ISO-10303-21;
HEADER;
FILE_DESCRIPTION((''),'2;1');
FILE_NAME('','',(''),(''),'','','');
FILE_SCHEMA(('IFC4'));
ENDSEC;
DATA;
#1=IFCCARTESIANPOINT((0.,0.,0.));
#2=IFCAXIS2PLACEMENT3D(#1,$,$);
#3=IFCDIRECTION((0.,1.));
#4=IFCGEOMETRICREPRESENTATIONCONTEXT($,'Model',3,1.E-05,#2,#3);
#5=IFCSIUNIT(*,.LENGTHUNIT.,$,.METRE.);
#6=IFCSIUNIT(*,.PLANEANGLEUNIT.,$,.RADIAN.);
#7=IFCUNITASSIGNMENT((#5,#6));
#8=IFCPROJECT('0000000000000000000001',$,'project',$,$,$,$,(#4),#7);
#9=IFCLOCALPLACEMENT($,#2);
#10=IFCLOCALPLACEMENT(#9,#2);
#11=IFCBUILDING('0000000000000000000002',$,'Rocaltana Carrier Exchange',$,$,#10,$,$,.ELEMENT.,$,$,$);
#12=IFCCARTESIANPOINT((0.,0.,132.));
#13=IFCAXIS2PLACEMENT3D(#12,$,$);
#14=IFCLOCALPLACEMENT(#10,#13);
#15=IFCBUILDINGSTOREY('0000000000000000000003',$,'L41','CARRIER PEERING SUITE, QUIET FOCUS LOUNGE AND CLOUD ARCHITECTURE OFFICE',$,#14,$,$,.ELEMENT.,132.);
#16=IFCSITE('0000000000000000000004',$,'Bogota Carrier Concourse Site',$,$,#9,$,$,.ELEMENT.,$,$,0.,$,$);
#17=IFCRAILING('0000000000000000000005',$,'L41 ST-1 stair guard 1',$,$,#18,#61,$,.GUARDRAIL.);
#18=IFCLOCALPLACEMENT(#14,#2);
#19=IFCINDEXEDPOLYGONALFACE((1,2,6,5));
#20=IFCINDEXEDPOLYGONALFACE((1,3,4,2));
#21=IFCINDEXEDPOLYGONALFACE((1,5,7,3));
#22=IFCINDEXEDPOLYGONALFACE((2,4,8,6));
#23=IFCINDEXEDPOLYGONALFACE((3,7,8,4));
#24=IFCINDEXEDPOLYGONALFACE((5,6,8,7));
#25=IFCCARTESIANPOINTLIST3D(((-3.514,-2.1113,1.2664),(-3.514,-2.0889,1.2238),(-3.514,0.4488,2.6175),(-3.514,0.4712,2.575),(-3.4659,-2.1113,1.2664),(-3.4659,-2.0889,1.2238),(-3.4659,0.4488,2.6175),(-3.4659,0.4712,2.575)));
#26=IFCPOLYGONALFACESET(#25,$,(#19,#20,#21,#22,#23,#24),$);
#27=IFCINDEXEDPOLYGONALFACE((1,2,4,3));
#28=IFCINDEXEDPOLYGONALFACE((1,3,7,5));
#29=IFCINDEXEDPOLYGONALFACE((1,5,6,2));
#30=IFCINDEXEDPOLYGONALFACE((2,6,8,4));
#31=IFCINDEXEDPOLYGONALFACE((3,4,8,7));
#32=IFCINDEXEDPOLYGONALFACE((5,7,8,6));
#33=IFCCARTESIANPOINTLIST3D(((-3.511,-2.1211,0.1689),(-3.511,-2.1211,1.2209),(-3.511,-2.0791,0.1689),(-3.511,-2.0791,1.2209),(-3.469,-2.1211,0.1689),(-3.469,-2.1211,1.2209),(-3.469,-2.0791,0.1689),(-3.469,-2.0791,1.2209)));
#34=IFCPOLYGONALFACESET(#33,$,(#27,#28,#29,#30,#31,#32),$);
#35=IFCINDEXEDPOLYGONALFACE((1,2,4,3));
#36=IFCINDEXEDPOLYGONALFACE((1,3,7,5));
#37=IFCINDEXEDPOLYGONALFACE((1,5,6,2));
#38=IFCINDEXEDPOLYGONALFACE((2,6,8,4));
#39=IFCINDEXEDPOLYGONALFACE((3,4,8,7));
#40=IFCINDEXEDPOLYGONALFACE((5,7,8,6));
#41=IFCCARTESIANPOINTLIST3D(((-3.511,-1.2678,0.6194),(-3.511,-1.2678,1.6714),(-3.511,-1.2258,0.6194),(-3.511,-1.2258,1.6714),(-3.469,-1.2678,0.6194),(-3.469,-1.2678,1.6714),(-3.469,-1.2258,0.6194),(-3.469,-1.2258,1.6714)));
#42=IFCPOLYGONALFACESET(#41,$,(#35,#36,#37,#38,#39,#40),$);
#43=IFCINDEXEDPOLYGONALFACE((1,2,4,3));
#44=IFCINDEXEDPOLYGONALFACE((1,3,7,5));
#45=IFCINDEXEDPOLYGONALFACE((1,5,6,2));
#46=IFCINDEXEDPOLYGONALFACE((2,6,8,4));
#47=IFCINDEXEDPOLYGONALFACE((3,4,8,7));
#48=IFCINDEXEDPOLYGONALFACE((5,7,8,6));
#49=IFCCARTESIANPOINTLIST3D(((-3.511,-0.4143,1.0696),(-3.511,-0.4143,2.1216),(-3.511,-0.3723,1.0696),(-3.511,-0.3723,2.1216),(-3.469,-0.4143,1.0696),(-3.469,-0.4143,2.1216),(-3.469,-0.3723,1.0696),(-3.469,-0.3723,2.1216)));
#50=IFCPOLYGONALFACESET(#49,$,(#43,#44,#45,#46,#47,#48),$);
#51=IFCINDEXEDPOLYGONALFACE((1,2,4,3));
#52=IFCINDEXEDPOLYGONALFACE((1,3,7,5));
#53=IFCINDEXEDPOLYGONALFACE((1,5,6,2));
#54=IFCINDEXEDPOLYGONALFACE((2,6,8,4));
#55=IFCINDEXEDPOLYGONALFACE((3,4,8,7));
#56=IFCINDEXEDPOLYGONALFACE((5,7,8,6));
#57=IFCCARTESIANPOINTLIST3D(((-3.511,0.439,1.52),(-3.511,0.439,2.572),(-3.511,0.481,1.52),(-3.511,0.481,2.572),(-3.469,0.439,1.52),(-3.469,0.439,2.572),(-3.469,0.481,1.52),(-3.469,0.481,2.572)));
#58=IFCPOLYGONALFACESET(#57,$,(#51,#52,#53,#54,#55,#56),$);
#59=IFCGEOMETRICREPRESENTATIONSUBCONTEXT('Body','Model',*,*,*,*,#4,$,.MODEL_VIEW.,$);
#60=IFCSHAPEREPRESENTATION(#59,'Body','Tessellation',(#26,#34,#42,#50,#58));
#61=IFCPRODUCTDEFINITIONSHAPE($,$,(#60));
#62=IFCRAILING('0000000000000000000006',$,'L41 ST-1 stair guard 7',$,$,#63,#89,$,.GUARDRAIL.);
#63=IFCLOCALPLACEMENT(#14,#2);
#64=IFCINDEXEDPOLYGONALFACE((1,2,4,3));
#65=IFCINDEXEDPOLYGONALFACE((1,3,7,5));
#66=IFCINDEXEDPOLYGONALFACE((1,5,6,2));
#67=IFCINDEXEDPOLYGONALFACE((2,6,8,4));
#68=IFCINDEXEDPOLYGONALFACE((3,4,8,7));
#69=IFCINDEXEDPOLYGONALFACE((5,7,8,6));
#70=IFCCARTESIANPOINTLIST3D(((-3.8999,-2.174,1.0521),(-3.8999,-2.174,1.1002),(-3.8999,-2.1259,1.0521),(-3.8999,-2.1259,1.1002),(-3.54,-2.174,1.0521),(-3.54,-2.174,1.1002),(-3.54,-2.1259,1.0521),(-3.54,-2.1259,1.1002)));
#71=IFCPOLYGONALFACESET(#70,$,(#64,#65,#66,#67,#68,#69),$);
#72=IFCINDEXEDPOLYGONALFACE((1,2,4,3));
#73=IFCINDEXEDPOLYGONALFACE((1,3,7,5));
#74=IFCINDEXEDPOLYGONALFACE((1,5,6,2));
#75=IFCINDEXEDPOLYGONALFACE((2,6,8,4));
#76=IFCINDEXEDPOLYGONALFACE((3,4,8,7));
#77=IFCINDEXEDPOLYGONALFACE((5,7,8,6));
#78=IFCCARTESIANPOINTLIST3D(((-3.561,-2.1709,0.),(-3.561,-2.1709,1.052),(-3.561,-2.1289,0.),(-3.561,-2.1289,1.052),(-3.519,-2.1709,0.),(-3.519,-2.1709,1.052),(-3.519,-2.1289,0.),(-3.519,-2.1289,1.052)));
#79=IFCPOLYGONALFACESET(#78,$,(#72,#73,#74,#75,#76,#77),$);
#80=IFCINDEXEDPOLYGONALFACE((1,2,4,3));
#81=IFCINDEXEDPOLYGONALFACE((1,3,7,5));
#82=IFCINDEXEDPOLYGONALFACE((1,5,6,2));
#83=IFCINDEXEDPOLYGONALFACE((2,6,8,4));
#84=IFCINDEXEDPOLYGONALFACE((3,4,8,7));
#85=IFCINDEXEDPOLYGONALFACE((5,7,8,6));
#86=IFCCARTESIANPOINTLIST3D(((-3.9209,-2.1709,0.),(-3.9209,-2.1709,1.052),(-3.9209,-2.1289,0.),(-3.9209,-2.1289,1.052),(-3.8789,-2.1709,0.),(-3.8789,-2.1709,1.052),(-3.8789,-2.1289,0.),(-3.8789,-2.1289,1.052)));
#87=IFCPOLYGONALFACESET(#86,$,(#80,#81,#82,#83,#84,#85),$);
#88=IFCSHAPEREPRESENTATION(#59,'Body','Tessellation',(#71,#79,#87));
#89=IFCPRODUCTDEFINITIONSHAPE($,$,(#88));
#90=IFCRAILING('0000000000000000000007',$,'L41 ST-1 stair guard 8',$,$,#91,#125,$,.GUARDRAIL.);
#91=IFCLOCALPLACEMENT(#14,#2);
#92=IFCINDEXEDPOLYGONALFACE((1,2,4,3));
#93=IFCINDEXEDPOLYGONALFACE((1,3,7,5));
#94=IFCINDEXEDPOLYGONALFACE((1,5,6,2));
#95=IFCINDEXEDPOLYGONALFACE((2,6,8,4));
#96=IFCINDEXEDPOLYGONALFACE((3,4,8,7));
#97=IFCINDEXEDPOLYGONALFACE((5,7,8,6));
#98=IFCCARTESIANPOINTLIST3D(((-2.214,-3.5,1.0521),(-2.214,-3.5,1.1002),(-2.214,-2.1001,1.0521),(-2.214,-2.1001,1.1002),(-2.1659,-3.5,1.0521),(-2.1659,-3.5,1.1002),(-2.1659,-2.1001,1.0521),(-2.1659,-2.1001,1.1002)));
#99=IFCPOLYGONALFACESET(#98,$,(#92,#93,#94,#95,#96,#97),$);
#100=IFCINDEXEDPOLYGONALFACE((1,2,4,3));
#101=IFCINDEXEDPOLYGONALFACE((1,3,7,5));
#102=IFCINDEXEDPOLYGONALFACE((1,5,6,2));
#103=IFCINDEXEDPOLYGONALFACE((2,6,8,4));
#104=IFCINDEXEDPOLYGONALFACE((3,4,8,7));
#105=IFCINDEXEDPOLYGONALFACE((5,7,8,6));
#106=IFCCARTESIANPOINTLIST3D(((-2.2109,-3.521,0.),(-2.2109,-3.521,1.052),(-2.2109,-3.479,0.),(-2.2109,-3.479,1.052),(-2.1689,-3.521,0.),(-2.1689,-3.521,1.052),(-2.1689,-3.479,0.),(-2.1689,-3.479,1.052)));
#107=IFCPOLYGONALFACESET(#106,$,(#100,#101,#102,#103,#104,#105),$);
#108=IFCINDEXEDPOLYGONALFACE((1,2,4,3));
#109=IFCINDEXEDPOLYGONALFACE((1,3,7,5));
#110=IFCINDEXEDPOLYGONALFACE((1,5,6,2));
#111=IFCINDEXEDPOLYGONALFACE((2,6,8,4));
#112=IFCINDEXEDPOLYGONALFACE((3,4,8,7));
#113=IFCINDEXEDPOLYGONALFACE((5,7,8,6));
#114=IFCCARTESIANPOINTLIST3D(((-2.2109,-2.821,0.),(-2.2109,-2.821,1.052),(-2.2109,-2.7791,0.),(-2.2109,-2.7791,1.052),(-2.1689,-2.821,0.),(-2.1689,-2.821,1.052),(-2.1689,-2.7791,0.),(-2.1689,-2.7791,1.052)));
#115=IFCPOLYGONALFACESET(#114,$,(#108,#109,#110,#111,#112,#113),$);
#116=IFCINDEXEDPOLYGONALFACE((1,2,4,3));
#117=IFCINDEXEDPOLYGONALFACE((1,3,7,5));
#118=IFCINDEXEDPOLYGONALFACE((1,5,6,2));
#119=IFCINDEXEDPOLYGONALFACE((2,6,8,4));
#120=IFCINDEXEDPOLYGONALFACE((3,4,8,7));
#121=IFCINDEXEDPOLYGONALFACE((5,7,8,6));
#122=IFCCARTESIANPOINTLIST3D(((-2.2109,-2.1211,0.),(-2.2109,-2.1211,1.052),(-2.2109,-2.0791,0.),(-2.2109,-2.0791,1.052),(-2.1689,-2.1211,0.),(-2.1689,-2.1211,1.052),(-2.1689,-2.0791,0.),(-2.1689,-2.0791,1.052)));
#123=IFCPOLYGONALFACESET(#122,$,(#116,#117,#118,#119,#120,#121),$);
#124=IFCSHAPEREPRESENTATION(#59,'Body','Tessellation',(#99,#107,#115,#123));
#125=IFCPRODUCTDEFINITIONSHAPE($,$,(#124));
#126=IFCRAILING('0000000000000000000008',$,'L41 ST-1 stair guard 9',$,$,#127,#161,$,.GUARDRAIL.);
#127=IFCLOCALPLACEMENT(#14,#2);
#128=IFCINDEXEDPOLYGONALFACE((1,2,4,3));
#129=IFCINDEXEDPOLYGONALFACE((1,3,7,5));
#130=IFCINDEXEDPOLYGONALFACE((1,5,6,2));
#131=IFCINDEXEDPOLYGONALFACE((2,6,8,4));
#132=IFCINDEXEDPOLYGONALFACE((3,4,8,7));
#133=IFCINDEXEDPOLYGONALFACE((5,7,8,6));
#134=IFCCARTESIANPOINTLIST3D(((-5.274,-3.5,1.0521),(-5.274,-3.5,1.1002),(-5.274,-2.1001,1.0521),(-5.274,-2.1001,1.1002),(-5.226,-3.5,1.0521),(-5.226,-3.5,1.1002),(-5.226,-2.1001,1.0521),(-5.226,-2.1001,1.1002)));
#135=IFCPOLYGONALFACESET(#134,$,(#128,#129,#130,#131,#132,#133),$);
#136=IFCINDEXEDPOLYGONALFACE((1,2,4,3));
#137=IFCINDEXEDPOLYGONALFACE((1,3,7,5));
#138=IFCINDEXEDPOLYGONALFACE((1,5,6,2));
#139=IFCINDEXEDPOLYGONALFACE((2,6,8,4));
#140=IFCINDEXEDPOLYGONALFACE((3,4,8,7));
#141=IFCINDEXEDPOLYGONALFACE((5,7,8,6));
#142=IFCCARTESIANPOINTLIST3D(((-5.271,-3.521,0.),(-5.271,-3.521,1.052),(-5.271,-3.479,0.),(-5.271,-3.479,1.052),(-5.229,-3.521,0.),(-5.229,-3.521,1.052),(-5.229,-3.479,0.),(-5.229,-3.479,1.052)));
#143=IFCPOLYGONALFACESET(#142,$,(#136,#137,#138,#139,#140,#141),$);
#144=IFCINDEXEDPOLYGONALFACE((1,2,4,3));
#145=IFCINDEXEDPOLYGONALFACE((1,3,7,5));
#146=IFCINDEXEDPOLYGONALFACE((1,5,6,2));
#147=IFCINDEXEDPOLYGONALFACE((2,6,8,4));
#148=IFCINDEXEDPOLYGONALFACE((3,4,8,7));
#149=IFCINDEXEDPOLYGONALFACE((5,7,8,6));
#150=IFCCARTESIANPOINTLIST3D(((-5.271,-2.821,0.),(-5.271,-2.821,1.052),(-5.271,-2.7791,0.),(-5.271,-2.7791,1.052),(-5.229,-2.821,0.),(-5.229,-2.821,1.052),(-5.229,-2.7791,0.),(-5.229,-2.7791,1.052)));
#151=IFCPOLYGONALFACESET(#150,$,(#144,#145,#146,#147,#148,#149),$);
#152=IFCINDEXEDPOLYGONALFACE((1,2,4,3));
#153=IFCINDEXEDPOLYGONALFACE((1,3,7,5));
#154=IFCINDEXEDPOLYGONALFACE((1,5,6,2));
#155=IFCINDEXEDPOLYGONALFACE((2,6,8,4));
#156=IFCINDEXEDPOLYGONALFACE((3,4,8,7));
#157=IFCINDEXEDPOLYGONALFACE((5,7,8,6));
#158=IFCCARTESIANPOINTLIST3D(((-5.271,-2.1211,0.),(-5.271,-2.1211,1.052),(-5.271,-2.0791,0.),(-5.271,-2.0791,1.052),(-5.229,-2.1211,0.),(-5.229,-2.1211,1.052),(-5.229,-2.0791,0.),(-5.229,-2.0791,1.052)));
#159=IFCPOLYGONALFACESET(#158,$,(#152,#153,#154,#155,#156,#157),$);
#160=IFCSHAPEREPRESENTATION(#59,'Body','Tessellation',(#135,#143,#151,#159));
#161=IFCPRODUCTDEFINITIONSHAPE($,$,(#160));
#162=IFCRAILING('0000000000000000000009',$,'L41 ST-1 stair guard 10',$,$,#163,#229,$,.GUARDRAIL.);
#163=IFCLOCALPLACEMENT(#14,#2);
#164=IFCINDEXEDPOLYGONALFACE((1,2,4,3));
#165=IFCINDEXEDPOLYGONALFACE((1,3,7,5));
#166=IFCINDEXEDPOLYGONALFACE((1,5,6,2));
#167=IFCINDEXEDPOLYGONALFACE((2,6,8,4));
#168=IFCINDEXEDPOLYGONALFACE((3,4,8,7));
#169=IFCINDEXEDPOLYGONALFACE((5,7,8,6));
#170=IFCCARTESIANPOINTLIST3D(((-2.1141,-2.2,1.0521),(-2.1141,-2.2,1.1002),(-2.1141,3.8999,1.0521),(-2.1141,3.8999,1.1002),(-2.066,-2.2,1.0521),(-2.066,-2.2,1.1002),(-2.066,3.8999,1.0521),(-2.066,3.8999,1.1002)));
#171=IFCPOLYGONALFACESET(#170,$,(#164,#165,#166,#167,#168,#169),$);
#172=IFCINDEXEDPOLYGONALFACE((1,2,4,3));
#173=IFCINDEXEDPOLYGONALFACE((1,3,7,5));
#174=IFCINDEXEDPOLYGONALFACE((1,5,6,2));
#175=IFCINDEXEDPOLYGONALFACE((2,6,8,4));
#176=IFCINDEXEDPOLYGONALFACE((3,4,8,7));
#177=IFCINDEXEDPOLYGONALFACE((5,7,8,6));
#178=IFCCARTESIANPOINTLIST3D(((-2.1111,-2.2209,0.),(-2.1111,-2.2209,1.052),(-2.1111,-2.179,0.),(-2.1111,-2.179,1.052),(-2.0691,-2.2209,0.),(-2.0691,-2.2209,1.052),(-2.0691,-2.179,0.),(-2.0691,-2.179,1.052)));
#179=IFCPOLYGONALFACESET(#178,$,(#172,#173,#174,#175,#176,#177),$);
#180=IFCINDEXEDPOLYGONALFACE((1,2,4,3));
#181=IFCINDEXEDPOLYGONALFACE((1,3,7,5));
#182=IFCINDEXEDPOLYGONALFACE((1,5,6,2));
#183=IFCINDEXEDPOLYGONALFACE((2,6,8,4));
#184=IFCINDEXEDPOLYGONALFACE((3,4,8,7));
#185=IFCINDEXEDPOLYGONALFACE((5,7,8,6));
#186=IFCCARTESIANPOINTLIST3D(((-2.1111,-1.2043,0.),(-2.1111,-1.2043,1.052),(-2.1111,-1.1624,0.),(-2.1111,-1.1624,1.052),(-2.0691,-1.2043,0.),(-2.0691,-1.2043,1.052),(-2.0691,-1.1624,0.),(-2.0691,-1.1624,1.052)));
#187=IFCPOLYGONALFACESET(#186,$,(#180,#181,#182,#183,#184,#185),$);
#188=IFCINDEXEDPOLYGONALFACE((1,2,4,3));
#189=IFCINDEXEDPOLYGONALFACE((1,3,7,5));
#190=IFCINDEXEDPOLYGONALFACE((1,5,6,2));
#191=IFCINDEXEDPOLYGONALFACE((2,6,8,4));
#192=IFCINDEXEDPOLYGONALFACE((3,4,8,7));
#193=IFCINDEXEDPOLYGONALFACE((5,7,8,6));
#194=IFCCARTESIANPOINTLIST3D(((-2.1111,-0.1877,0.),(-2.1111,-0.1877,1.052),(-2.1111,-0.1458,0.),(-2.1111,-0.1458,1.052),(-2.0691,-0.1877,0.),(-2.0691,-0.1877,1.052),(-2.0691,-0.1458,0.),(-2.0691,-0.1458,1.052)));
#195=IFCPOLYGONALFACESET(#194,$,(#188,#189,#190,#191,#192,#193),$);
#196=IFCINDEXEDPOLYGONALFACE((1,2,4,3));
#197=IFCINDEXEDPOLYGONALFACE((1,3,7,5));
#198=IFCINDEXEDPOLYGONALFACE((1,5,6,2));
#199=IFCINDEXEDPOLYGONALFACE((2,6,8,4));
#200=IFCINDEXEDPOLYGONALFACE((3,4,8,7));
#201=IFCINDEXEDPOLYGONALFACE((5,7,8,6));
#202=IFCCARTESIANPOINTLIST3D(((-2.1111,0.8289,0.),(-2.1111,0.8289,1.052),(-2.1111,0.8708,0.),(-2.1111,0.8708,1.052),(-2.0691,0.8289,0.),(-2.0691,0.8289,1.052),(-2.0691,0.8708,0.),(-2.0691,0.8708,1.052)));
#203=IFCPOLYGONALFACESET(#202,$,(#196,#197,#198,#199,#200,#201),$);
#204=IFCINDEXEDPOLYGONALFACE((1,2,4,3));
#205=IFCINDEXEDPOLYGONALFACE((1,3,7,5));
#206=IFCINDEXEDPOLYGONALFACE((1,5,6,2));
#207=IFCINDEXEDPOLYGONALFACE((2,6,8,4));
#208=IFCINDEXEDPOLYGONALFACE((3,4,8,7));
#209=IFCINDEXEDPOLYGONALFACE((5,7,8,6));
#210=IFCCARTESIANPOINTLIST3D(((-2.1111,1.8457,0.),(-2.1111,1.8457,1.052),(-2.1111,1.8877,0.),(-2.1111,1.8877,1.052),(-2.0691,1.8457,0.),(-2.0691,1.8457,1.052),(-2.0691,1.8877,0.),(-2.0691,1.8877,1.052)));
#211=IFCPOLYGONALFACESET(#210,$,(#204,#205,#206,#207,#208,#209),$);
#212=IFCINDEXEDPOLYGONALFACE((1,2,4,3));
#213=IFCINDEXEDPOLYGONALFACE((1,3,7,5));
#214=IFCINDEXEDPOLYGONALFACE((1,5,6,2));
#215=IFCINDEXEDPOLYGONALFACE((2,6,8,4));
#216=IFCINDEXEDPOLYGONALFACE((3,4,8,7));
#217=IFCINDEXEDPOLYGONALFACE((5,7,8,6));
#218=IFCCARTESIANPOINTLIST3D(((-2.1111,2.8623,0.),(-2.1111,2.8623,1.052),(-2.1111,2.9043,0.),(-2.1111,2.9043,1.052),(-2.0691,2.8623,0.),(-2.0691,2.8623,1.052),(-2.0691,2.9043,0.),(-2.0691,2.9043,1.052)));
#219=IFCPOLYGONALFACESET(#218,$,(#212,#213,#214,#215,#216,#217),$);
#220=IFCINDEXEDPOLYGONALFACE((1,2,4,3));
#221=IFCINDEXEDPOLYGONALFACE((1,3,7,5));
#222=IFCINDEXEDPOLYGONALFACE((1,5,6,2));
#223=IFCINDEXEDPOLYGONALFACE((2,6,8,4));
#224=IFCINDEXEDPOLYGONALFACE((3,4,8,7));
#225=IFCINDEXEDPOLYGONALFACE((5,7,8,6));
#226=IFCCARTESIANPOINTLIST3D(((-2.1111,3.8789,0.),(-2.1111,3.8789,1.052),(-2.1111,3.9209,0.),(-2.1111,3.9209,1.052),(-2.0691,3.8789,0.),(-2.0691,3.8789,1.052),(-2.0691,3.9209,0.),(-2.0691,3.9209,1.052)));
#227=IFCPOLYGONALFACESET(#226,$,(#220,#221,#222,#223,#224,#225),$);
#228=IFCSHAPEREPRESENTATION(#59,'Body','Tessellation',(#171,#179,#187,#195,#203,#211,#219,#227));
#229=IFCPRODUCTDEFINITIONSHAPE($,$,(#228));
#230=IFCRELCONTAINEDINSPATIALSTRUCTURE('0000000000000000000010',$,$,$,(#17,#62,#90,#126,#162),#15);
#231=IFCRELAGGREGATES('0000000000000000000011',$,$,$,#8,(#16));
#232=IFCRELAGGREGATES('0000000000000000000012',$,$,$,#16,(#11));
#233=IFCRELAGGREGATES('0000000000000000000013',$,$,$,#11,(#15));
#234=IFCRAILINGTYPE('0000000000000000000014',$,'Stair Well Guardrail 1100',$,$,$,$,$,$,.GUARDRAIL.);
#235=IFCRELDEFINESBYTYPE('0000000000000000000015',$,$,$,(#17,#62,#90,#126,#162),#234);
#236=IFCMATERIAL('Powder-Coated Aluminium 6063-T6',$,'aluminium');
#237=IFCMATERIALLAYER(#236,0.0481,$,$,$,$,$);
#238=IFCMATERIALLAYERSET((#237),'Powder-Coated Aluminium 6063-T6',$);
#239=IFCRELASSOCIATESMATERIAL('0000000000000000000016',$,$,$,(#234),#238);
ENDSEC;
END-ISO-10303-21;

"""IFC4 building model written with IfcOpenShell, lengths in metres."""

from ifc_helpers import new_model, si_unit, direction, frame, origin, origin_2d, place, context, subcontext, project, spatial, rectangle, extrude, material, layer, layer_set, type_object, element, save


model = new_model("IFC4")

# Units and contexts
model_context = context("Model", 3, precision=1e-05, world=origin(), true_north=direction((0.0, 1.0)))
body_context = subcontext(model_context, "Body", "Model", "MODEL_VIEW")
ifc_project = project(units=[si_unit("LENGTHUNIT", "METRE"), si_unit("PLANEANGLEUNIT", "RADIAN")], contexts=[model_context])

# Site, building, storey
site_placement = place(None, origin())
site = spatial("IfcSite", under=ifc_project, at=site_placement, Name="Bogota Carrier Concourse Site", CompositionType="ELEMENT", RefElevation=0.0)
building_placement = place(site_placement, origin())
building = spatial("IfcBuilding", under=site, at=building_placement, Name="Rocaltana Carrier Exchange", CompositionType="ELEMENT")
storey_placement = place(building_placement, frame((0.0, 0.0, 132.0)))
storey = spatial("IfcBuildingStorey", under=building, at=storey_placement, Name="L41", Description="CARRIER PEERING SUITE, QUIET FOCUS LOUNGE AND CLOUD ARCHITECTURE OFFICE", CompositionType="ELEMENT", Elevation=132.0)

# Railings
ifc_material_1 = material(Name="Powder-Coated Aluminium 6063-T6", Category="aluminium")
ifc_layer_1 = layer(ifc_material_1, 0.0481)
ifc_layer_set_1 = layer_set([ifc_layer_1], Name="Powder-Coated Aluminium 6063-T6")
railing_type_1 = type_object("IfcRailingType", Name="Stair Well Guardrail 1100", PredefinedType="GUARDRAIL", material=ifc_layer_set_1)
railing_1_placement = place(storey_placement, frame((-3.49, -2.1001, 0.1689)))
element("IfcRailing", 1, at=railing_1_placement, inside=storey, type_object=railing_type_1, Name="L41 ST-1 stair guard 1", PredefinedType="GUARDRAIL", context=body_context, shape_type="SweptSolid", body=[
    extrude(rectangle(XDim=0.0481, YDim=0.0481, at=origin_2d()), frame((0.0, 0.0, 1.0762), z_axis=(0.0, 0.884394, 0.46674), x_axis=(-1.0, 0.0, 0.0)), (0.0, 0.0, 1.0), 2.8948),
    extrude(rectangle(XDim=0.042, YDim=0.042, at=origin_2d()), origin(), (0.0, 0.0, 1.0), 1.052),
    extrude(rectangle(XDim=0.042, YDim=0.042, at=origin_2d()), frame((0.0, 0.8533, 0.4504)), (0.0, 0.0, 1.0), 1.052),
    extrude(rectangle(XDim=0.042, YDim=0.042, at=origin_2d()), frame((0.0, 1.7068, 0.9006)), (0.0, 0.0, 1.0), 1.052),
    extrude(rectangle(XDim=0.042, YDim=0.042, at=origin_2d()), frame((0.0, 2.5601, 1.3511)), (0.0, 0.0, 1.0), 1.052),
])
railing_2_placement = place(storey_placement, frame((-3.54, -2.1499, 0.0)))
element("IfcRailing", 2, at=railing_2_placement, inside=storey, type_object=railing_type_1, Name="L41 ST-1 stair guard 7", PredefinedType="GUARDRAIL", context=body_context, shape_type="SweptSolid", body=[
    extrude(rectangle(XDim=0.0481, YDim=0.0481, at=origin_2d()), frame((0.0, 0.0, 1.0762), z_axis=(-1.0, 0.0, 0.0), x_axis=(0.0, -1.0, 0.0)), (0.0, 0.0, 1.0), 0.3599),
    extrude(rectangle(XDim=0.042, YDim=0.042, at=origin_2d()), origin(), (0.0, 0.0, 1.0), 1.052),
    extrude(rectangle(XDim=0.042, YDim=0.042, at=origin_2d()), frame((-0.3599, 0.0, 0.0)), (0.0, 0.0, 1.0), 1.052),
])
for number, where, name in (
    (3, (-2.1899, -3.5, 0.0), "L41 ST-1 stair guard 8"),
    (4, (-5.25, -3.5, 0.0), "L41 ST-1 stair guard 9"),
):
    element("IfcRailing", number, at=place(storey_placement, frame(where)), inside=storey, type_object=railing_type_1, Name=name, PredefinedType="GUARDRAIL", context=body_context, shape_type="SweptSolid", body=[
        extrude(rectangle(XDim=0.0481, YDim=0.0481, at=origin_2d()), frame((0.0, 0.0, 1.0762), z_axis=(0.0, 1.0, 0.0), x_axis=(-1.0, 0.0, 0.0)), (0.0, 0.0, 1.0), 1.3999),
        extrude(rectangle(XDim=0.042, YDim=0.042, at=origin_2d()), origin(), (0.0, 0.0, 1.0), 1.052),
        extrude(rectangle(XDim=0.042, YDim=0.042, at=origin_2d()), frame((0.0, 0.7, 0.0)), (0.0, 0.0, 1.0), 1.052),
        extrude(rectangle(XDim=0.042, YDim=0.042, at=origin_2d()), frame((0.0, 1.3999, 0.0)), (0.0, 0.0, 1.0), 1.052),
    ])
for number, where, name in (
    (5, (-2.0901, -2.2, 0.0), "L41 ST-1 stair guard 10"),
):
    element("IfcRailing", number, at=place(storey_placement, frame(where)), inside=storey, type_object=railing_type_1, Name=name, PredefinedType="GUARDRAIL", context=body_context, shape_type="SweptSolid", body=[
        extrude(rectangle(XDim=0.0481, YDim=0.0481, at=origin_2d()), frame((0.0, 0.0, 1.0762), z_axis=(0.0, 1.0, 0.0), x_axis=(-1.0, 0.0, 0.0)), (0.0, 0.0, 1.0), 6.0999),
        extrude(rectangle(XDim=0.042, YDim=0.042, at=origin_2d()), origin(), (0.0, 0.0, 1.0), 1.052),
        extrude(rectangle(XDim=0.042, YDim=0.042, at=origin_2d()), frame((0.0, 1.0166, 0.0)), (0.0, 0.0, 1.0), 1.052),
        extrude(rectangle(XDim=0.042, YDim=0.042, at=origin_2d()), frame((0.0, 2.0332, 0.0)), (0.0, 0.0, 1.0), 1.052),
        extrude(rectangle(XDim=0.042, YDim=0.042, at=origin_2d()), frame((0.0, 3.0498, 0.0)), (0.0, 0.0, 1.0), 1.052),
        extrude(rectangle(XDim=0.042, YDim=0.042, at=origin_2d()), frame((0.0, 4.0667, 0.0)), (0.0, 0.0, 1.0), 1.052),
        extrude(rectangle(XDim=0.042, YDim=0.042, at=origin_2d()), frame((0.0, 5.0833, 0.0)), (0.0, 0.0, 1.0), 1.052),
        extrude(rectangle(XDim=0.042, YDim=0.042, at=origin_2d()), frame((0.0, 6.0999, 0.0)), (0.0, 0.0, 1.0), 1.052),
    ])

save(model, "model.ifc")
